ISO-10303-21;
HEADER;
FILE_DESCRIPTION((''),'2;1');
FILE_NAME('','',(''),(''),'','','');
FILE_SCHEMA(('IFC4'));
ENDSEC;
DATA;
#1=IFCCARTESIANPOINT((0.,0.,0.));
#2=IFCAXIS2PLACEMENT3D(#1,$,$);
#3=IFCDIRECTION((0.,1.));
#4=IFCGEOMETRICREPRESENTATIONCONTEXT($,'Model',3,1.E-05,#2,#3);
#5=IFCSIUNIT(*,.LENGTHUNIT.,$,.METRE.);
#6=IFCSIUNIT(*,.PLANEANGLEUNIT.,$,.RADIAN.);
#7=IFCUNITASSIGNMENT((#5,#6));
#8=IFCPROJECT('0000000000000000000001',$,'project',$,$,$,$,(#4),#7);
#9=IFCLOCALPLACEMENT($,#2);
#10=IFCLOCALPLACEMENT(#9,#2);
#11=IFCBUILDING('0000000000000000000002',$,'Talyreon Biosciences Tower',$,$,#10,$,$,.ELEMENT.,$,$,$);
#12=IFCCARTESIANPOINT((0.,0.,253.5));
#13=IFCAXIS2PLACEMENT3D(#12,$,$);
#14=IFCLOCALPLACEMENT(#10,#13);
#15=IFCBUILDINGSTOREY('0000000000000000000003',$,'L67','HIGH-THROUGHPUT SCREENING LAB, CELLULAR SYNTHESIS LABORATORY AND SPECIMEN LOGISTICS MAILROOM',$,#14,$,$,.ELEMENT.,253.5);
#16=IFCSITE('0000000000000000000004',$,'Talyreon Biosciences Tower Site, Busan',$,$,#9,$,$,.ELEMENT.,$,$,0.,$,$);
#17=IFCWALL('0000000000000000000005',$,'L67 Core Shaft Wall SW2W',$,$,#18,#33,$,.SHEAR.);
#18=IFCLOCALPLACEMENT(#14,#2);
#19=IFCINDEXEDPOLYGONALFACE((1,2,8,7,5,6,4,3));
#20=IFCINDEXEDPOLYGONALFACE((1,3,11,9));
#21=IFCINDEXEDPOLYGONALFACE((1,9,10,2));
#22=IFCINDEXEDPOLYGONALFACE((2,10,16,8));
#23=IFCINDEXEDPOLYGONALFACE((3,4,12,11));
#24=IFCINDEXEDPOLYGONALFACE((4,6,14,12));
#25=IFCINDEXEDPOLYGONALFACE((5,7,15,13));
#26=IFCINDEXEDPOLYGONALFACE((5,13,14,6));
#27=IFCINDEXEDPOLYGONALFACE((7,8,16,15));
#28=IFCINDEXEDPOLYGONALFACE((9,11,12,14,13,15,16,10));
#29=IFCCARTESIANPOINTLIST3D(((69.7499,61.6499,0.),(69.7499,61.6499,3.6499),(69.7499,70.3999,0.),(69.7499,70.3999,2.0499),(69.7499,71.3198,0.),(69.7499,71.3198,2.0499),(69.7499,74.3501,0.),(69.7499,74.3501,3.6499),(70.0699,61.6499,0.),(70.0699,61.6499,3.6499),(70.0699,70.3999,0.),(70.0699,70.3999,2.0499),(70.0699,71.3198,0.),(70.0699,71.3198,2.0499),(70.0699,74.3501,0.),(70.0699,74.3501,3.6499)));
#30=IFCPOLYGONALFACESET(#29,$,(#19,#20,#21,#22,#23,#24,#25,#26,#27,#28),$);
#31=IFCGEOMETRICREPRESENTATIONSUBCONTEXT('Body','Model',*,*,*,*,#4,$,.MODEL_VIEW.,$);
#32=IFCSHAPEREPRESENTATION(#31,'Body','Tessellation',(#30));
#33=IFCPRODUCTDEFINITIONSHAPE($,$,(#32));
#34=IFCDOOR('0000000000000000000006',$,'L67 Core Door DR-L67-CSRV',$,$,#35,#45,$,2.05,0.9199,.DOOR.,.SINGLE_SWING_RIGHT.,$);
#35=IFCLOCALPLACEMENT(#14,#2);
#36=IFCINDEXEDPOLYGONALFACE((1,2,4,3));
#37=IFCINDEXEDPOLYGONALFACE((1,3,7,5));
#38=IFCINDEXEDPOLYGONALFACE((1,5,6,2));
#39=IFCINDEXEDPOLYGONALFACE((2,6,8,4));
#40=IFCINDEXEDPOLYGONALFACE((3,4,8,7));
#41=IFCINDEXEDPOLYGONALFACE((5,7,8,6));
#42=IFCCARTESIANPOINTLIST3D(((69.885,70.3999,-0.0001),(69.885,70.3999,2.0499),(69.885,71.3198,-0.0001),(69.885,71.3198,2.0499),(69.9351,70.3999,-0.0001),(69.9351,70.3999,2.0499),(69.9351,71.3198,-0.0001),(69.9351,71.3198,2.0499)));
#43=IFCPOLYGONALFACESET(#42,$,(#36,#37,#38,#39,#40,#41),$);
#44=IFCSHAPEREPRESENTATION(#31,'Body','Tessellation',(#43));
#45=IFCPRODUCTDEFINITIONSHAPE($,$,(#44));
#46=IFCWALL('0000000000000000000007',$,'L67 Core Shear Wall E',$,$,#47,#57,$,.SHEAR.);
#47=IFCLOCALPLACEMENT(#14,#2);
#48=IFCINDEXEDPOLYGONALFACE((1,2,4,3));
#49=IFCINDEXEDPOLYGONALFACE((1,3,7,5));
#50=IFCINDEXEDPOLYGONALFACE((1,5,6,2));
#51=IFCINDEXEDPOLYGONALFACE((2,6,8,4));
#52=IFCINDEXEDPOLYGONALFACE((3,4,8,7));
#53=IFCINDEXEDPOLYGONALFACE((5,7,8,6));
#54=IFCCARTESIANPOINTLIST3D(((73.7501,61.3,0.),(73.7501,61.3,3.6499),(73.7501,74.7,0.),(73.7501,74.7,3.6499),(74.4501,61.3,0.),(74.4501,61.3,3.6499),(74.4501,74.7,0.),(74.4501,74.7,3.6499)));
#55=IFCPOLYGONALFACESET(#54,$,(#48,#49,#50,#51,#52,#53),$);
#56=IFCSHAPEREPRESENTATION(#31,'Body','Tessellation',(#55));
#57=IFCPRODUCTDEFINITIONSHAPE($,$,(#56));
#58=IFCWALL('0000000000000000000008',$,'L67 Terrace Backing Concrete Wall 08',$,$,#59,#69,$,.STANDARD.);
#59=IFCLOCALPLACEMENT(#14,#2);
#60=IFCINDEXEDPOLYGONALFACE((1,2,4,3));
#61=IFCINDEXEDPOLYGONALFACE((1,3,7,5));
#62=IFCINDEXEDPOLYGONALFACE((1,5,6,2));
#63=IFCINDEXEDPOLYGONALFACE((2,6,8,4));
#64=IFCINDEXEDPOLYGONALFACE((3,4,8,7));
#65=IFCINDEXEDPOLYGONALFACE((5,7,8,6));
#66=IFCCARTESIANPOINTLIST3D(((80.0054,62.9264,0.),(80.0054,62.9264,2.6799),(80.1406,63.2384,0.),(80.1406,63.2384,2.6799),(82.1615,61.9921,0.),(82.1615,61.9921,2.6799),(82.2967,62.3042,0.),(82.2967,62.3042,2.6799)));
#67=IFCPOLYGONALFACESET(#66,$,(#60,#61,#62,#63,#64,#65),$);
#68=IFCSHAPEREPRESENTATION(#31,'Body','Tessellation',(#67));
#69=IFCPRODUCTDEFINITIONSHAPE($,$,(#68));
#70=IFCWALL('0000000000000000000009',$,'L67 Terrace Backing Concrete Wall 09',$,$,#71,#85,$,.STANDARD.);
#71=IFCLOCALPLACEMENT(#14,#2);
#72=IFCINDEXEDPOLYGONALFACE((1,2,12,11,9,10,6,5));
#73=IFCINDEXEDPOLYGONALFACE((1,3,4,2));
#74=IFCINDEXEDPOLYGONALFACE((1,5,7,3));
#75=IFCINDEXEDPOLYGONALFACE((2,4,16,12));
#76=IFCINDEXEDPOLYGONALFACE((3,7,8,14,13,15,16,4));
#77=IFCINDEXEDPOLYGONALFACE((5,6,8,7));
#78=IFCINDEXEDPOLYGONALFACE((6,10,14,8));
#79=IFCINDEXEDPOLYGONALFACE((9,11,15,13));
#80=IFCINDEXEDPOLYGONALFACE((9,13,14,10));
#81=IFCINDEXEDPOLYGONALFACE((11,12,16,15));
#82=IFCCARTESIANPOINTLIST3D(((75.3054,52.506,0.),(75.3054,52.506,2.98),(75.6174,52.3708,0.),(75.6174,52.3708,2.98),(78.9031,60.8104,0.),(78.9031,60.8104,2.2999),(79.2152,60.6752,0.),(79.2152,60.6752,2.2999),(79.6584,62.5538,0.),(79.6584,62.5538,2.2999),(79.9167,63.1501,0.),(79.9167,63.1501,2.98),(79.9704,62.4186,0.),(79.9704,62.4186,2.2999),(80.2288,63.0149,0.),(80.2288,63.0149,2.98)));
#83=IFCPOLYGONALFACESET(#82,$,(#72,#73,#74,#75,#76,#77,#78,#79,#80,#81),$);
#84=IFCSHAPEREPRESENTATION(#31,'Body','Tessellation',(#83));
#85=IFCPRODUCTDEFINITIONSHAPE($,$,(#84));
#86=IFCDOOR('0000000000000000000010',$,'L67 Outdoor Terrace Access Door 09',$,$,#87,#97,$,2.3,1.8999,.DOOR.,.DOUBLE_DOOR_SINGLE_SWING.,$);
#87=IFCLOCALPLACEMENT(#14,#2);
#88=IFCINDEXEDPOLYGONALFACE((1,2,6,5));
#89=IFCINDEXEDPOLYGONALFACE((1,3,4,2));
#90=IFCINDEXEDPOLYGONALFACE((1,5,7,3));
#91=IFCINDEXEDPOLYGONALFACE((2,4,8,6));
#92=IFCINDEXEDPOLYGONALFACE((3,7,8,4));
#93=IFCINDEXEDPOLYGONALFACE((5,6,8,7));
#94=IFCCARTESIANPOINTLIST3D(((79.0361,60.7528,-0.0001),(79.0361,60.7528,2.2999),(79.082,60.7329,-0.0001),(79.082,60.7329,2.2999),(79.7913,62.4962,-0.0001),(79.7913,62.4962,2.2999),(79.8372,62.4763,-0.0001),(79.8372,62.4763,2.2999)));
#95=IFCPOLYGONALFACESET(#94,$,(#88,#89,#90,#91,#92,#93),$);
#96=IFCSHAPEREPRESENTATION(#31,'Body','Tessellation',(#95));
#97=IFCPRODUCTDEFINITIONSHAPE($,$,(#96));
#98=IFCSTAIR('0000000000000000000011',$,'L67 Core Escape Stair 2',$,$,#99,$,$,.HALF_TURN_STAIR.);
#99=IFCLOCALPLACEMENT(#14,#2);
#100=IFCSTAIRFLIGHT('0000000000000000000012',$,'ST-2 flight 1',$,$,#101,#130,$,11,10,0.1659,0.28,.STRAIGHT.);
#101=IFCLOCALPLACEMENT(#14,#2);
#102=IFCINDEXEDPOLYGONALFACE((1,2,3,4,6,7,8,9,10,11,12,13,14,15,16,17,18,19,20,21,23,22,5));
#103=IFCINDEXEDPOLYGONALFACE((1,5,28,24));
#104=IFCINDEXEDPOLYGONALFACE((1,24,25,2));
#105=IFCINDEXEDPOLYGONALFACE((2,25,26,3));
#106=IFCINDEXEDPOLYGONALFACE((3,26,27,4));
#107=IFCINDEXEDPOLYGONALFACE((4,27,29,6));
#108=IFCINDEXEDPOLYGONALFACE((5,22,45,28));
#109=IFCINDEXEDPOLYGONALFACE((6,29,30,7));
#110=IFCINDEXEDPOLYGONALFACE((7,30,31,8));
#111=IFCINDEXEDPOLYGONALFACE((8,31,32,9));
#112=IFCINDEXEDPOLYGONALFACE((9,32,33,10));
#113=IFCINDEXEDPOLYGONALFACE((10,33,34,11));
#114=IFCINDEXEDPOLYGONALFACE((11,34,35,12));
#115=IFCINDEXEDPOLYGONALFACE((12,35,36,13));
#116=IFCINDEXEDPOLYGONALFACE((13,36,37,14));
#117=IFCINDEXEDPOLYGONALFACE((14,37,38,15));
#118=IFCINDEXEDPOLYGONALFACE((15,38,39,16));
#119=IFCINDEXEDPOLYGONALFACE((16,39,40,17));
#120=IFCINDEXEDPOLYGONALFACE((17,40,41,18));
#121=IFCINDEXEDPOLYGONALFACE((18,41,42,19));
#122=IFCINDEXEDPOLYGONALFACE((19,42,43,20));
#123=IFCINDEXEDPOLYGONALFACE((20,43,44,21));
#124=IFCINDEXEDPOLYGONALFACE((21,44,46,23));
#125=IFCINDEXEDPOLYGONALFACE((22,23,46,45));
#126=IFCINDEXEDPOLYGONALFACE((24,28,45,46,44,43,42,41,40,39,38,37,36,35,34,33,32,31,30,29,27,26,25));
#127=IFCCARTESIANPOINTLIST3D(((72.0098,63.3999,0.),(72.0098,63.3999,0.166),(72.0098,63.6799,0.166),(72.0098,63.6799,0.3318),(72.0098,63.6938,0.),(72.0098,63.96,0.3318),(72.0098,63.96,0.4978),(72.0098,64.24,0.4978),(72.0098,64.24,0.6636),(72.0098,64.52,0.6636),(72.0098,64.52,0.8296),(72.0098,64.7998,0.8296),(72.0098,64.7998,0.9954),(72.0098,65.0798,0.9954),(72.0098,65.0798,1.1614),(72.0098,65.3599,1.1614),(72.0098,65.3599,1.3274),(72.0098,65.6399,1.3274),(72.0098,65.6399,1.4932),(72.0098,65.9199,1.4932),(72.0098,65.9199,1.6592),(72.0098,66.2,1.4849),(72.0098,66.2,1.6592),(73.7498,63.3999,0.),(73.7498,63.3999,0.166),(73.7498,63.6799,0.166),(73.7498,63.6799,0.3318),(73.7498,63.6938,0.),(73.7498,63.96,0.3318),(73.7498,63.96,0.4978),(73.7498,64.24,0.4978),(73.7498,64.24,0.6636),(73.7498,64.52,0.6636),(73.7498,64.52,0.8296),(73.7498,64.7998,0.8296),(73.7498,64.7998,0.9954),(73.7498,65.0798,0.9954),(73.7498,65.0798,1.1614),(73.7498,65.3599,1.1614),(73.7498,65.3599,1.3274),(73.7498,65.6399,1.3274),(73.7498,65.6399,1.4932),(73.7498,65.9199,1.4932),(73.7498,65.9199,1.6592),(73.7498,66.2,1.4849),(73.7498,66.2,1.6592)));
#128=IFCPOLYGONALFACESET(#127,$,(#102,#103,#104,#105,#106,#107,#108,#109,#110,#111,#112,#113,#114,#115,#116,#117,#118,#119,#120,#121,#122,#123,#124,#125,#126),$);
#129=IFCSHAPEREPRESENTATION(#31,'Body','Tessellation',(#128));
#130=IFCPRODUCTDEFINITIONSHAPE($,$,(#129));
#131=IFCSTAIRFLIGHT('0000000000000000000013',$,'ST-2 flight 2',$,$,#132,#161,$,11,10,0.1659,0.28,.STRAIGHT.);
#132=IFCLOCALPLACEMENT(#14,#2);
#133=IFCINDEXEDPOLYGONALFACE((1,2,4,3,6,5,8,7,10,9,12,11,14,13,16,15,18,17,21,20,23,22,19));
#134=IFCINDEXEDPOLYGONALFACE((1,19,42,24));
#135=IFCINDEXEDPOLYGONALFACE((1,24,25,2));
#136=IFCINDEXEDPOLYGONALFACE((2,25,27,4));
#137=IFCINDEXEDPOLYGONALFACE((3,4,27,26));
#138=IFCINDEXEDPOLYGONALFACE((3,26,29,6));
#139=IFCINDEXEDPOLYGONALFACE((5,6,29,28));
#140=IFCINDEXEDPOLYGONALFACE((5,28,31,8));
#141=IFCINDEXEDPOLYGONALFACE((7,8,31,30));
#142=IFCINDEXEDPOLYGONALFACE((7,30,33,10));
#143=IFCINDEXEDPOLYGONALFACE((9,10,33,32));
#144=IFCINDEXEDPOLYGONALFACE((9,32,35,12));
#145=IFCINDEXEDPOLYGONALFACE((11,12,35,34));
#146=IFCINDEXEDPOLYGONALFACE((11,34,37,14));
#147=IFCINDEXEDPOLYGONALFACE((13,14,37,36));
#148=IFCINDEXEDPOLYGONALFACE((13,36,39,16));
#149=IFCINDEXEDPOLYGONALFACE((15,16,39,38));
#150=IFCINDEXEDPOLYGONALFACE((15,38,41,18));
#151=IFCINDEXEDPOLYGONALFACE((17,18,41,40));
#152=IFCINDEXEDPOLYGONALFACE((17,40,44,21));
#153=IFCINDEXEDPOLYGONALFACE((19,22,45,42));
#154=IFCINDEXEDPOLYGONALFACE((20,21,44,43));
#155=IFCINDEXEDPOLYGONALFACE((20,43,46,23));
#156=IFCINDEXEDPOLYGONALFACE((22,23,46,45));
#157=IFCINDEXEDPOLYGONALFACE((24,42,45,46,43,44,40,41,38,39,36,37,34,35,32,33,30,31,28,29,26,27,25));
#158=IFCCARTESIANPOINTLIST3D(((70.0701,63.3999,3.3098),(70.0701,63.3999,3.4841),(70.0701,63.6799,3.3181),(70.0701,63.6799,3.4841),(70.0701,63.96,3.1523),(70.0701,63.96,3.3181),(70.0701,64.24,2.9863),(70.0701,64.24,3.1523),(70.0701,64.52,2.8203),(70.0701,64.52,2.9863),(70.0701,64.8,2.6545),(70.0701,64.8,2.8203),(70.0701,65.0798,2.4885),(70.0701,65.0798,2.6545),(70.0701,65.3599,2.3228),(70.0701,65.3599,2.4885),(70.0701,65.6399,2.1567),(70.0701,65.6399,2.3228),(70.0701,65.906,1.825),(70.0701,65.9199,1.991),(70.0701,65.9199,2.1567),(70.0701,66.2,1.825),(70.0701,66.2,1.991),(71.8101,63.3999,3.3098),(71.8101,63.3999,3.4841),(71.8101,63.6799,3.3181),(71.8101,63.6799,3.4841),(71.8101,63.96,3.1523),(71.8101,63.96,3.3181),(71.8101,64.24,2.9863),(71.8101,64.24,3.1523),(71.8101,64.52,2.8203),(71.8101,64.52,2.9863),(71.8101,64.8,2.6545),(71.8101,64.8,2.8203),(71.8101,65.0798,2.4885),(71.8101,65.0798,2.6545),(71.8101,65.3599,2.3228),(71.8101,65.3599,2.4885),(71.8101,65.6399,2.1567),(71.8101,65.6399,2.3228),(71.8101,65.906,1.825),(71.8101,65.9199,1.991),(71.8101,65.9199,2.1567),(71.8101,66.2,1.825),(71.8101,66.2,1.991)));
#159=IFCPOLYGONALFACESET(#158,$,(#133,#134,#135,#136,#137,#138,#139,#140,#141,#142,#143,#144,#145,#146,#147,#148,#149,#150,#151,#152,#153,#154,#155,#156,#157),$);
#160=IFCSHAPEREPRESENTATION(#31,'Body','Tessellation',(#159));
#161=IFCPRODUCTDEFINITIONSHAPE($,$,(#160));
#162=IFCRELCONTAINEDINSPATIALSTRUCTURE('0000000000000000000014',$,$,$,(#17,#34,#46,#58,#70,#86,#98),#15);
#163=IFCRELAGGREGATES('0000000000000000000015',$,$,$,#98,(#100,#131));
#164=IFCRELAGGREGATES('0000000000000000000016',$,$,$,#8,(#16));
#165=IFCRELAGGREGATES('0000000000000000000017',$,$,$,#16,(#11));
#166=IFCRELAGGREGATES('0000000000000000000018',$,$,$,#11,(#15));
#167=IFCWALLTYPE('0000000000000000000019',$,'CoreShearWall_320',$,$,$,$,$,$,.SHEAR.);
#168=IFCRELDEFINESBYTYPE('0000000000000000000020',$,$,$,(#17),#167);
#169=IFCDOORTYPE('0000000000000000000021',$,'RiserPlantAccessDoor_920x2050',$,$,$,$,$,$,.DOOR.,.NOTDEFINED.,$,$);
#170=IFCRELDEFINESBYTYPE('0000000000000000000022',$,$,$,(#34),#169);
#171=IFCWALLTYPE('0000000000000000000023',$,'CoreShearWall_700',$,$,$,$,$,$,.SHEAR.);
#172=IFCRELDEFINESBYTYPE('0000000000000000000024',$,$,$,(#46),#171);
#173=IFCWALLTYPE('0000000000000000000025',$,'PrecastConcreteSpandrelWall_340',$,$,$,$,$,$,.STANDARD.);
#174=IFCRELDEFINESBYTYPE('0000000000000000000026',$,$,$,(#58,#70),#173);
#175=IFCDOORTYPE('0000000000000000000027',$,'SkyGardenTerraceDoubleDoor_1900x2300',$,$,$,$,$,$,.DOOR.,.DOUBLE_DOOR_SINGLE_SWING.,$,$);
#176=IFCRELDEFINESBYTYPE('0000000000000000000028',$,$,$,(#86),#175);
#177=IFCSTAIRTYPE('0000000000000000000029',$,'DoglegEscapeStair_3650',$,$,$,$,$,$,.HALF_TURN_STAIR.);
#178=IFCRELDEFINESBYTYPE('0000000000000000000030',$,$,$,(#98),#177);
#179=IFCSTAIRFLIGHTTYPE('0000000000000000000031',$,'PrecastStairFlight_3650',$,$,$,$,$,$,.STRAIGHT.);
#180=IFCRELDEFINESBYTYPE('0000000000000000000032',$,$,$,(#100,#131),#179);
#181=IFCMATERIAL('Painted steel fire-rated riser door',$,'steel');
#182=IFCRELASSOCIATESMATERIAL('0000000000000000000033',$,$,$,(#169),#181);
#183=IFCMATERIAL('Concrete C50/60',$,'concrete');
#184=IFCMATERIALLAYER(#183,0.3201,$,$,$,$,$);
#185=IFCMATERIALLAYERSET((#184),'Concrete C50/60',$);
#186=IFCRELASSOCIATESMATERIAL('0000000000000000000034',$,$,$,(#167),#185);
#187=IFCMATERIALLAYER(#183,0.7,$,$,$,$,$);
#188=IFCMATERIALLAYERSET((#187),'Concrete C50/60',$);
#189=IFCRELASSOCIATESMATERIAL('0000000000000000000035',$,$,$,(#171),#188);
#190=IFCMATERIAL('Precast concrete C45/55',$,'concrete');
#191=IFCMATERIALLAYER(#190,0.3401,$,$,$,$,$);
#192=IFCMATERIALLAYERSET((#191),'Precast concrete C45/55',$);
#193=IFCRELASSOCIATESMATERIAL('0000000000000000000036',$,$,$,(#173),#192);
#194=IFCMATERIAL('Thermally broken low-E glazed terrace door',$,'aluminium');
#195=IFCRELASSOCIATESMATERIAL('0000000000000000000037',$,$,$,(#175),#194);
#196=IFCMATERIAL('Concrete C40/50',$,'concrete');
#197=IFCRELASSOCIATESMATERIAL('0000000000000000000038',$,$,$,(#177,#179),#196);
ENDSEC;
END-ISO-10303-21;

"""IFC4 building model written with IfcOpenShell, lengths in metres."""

from ifc_helpers import new_model, si_unit, direction, frame, frame_2d, origin, place, context, subcontext, project, spatial, polyline, rectangle, outline, extrude, material, layer, layer_set, type_object, element, fill, aggregate, save


model = new_model("IFC4")

# Units and contexts
model_context = context("Model", 3, precision=1e-05, world=origin(), true_north=direction((0.0, 1.0)))
body_context = subcontext(model_context, "Body", "Model", "MODEL_VIEW")
ifc_project = project(units=[si_unit("LENGTHUNIT", "METRE"), si_unit("PLANEANGLEUNIT", "RADIAN")], contexts=[model_context])

# Site, building, storey
site_placement = place(None, origin())
site = spatial("IfcSite", under=ifc_project, at=site_placement, Name="Talyreon Biosciences Tower Site, Busan", CompositionType="ELEMENT", RefElevation=0.0)
building_placement = place(site_placement, origin())
building = spatial("IfcBuilding", under=site, at=building_placement, Name="Talyreon Biosciences Tower", CompositionType="ELEMENT")
storey_placement = place(building_placement, frame((0.0, 0.0, 253.5)))
storey = spatial("IfcBuildingStorey", under=building, at=storey_placement, Name="L67", Description="HIGH-THROUGHPUT SCREENING LAB, CELLULAR SYNTHESIS LABORATORY AND SPECIMEN LOGISTICS MAILROOM", CompositionType="ELEMENT", Elevation=253.5)

# Shared definitions
ifc_material_1 = material(Name="Concrete C50/60", Category="concrete")

# Wall, opening, door
ifc_material_2 = material(Name="Painted steel fire-rated riser door", Category="steel")
door_type_1 = type_object("IfcDoorType", Name="RiserPlantAccessDoor_920x2050", OperationType="NOTDEFINED", PredefinedType="DOOR", material=ifc_material_2)
ifc_layer_1 = layer(ifc_material_1, 0.3201)
ifc_layer_set_1 = layer_set([ifc_layer_1], Name="Concrete C50/60")
wall_type_1 = type_object("IfcWallType", Name="CoreShearWall_320", PredefinedType="SHEAR", material=ifc_layer_set_1)
wall_1_placement = place(storey_placement, frame((69.9099, 61.6499, 0.0), z_axis=(0.0, 0.0, 1.0), x_axis=(0.0, 1.0, 0.0)))
wall_1 = element("IfcWall", 1, at=wall_1_placement, inside=storey, type_object=wall_type_1, Name="L67 Core Shaft Wall SW2W", PredefinedType="SHEAR", context=body_context, shape_type="SweptSolid", body=[
    extrude(rectangle(XDim=12.7002, YDim=0.3201, at=frame_2d((6.3501, 0.0))), origin(), (0.0, 0.0, 1.0), 3.6499),
])
opening_1_placement = place(wall_1_placement, frame((8.75, 0.0, 0.0)))
opening_1 = element("IfcOpeningElement", 2, at=opening_1_placement, cuts=wall_1, PredefinedType="OPENING", context=body_context, shape_type="SweptSolid", body=[
    extrude(rectangle(XDim=0.9199, YDim=2.05, at=frame_2d((0.46, 1.0249))), frame((0.0, 0.1699, 0.0), z_axis=(0.0, -1.0, 0.0), x_axis=(1.0, 0.0, 0.0)), (0.0, 0.0, 1.0), 0.3401),
])
door_1_placement = place(opening_1_placement, origin())
door_1 = element("IfcDoor", 3, at=door_1_placement, inside=storey, type_object=door_type_1, Name="L67 Core Door DR-L67-CSRV", OperationType="SINGLE_SWING_RIGHT", OverallHeight=2.05, OverallWidth=0.9199, PredefinedType="DOOR", context=body_context, shape_type="SweptSolid", body=[
    extrude(rectangle(XDim=0.9199, YDim=2.05, at=frame_2d((0.46, 1.0249))), frame((0.0, 0.0249, 0.0), z_axis=(0.0, -1.0, 0.0), x_axis=(1.0, 0.0, 0.0)), (0.0, 0.0, 1.0), 0.05),
])
fill(opening_1, door_1)

# Walls
ifc_layer_2 = layer(ifc_material_1, 0.7)
ifc_layer_set_2 = layer_set([ifc_layer_2], Name="Concrete C50/60")
wall_type_2 = type_object("IfcWallType", Name="CoreShearWall_700", PredefinedType="SHEAR", material=ifc_layer_set_2)
wall_2_placement = place(storey_placement, frame((74.1001, 61.3, 0.0), z_axis=(0.0, 0.0, 1.0), x_axis=(0.0, 1.0, 0.0)))
element("IfcWall", 4, at=wall_2_placement, inside=storey, type_object=wall_type_2, Name="L67 Core Shear Wall E", PredefinedType="SHEAR", context=body_context, shape_type="SweptSolid", body=[
    extrude(rectangle(XDim=13.3999, YDim=0.7, at=frame_2d((6.7, 0.0))), origin(), (0.0, 0.0, 1.0), 3.6499),
])
ifc_material_3 = material(Name="Precast concrete C45/55", Category="concrete")
ifc_layer_3 = layer(ifc_material_3, 0.3401)
ifc_layer_set_3 = layer_set([ifc_layer_3], Name="Precast concrete C45/55")
wall_type_3 = type_object("IfcWallType", Name="PrecastConcreteSpandrelWall_340", PredefinedType="STANDARD", material=ifc_layer_set_3)
wall_3_placement = place(storey_placement, frame((82.229, 62.1482, 0.0), z_axis=(0.0, 0.0, 1.0), x_axis=(-0.917563, 0.39759, 0.0)))
element("IfcWall", 5, at=wall_3_placement, inside=storey, type_object=wall_type_3, Name="L67 Terrace Backing Concrete Wall 08", PredefinedType="STANDARD", context=body_context, shape_type="SweptSolid", body=[
    extrude(rectangle(XDim=2.3499, YDim=0.3401, at=frame_2d((1.1748, 0.0))), origin(), (0.0, 0.0, 1.0), 2.6799),
])

# Wall, opening, door
wall_4_placement = place(storey_placement, frame((80.0728, 63.0825, 0.0), z_axis=(0.0, 0.0, 1.0), x_axis=(-0.397528, -0.91759, 0.0)))
wall_4 = element("IfcWall", 6, at=wall_4_placement, inside=storey, type_object=wall_type_3, Name="L67 Terrace Backing Concrete Wall 09", PredefinedType="STANDARD", context=body_context, shape_type="SweptSolid", body=[
    extrude(rectangle(XDim=11.6001, YDim=0.3401, at=frame_2d((5.8, 0.0))), origin(), (0.0, 0.0, 1.0), 2.98),
])
opening_2_placement = place(wall_4_placement, frame((0.6499, 0.0, 0.0)))
opening_2 = element("IfcOpeningElement", 7, at=opening_2_placement, cuts=wall_4, PredefinedType="OPENING", context=body_context, shape_type="SweptSolid", body=[
    extrude(rectangle(XDim=1.8999, YDim=2.3, at=frame_2d((0.95, 1.1499))), frame((0.0, 0.1799, 0.0), z_axis=(0.0, -1.0, 0.0), x_axis=(1.0, 0.0, 0.0)), (0.0, 0.0, 1.0), 0.3601),
])
ifc_material_4 = material(Name="Thermally broken low-E glazed terrace door", Category="aluminium")
door_type_2 = type_object("IfcDoorType", Name="SkyGardenTerraceDoubleDoor_1900x2300", OperationType="DOUBLE_DOOR_SINGLE_SWING", PredefinedType="DOOR", material=ifc_material_4)
door_2_placement = place(opening_2_placement, origin())
door_2 = element("IfcDoor", 8, at=door_2_placement, inside=storey, type_object=door_type_2, Name="L67 Outdoor Terrace Access Door 09", OperationType="DOUBLE_DOOR_SINGLE_SWING", OverallHeight=2.3, OverallWidth=1.8999, PredefinedType="DOOR", context=body_context, shape_type="SweptSolid", body=[
    extrude(rectangle(XDim=1.8999, YDim=2.3, at=frame_2d((0.95, 1.1499))), frame((0.0, 0.0249, 0.0), z_axis=(0.0, -1.0, 0.0), x_axis=(1.0, 0.0, 0.0)), (0.0, 0.0, 1.0), 0.05),
])
fill(opening_2, door_2)

# Stair, stair flights
ifc_material_5 = material(Name="Concrete C40/50", Category="concrete")
stair_type = type_object("IfcStairType", Name="DoglegEscapeStair_3650", PredefinedType="HALF_TURN_STAIR", material=ifc_material_5)
stair_placement = place(storey_placement, origin())
stair = element("IfcStair", 9, at=stair_placement, inside=storey, type_object=stair_type, Name="L67 Core Escape Stair 2", PredefinedType="HALF_TURN_STAIR")
stair_flight_type = type_object("IfcStairFlightType", Name="PrecastStairFlight_3650", PredefinedType="STRAIGHT", material=ifc_material_5)
stair_flight_1_placement = place(storey_placement, frame((72.8799, 63.3999, 0.0), z_axis=(0.0, 0.0, 1.0), x_axis=(0.0, 1.0, 0.0)))
stair_flight_1 = element("IfcStairFlight", 10, at=stair_flight_1_placement, type_object=stair_flight_type, Name="ST-2 flight 1", NumberOfRisers=11, NumberOfTreads=10, PredefinedType="STRAIGHT", RiserHeight=0.1659, TreadLength=0.28, context=body_context, shape_type="SweptSolid", body=[
    extrude(outline(polyline([(0.0, 0.0), (0.0, 0.166), (0.28, 0.166), (0.28, 0.3318), (0.5601, 0.3318), (0.5601, 0.4978), (0.8401, 0.4978), (0.8401, 0.6636), (1.1201, 0.6636), (1.1201, 0.8296), (1.3999, 0.8296), (1.3999, 0.9954), (1.6799, 0.9954), (1.6799, 1.1614), (1.96, 1.1614), (1.96, 1.3274), (2.24, 1.3274), (2.24, 1.4932), (2.52, 1.4932), (2.52, 1.6592), (2.8, 1.6592), (2.8, 1.825), (2.8, 1.4849), (0.2939, 0.0), (0.0, 0.0)])), frame((0.0, 0.8701, 0.0), z_axis=(0.0, -1.0, 0.0), x_axis=(1.0, 0.0, 0.0)), (0.0, 0.0, 1.0), 1.74),
])
stair_flight_2_placement = place(storey_placement, frame((70.9399, 66.2, 1.825), z_axis=(0.0, 0.0, 1.0), x_axis=(0.0, -1.0, 0.0)))
stair_flight_2 = element("IfcStairFlight", 11, at=stair_flight_2_placement, type_object=stair_flight_type, Name="ST-2 flight 2", NumberOfRisers=11, NumberOfTreads=10, PredefinedType="STRAIGHT", RiserHeight=0.1659, TreadLength=0.28, context=body_context, shape_type="SweptSolid", body=[
    extrude(outline(polyline([(0.0, 0.0), (0.0, 0.166), (0.28, 0.166), (0.28, 0.3318), (0.5601, 0.3318), (0.5601, 0.4978), (0.8401, 0.4978), (0.8401, 0.6636), (1.1201, 0.6636), (1.1201, 0.8296), (1.3999, 0.8296), (1.3999, 0.9954), (1.6799, 0.9954), (1.6799, 1.1614), (1.96, 1.1614), (1.96, 1.3274), (2.24, 1.3274), (2.24, 1.4932), (2.52, 1.4932), (2.52, 1.6592), (2.8, 1.6592), (2.8, 1.825), (2.8, 1.4849), (0.2939, 0.0), (0.0, 0.0)])), frame((0.0, 0.8701, 0.0), z_axis=(0.0, -1.0, 0.0), x_axis=(1.0, 0.0, 0.0)), (0.0, 0.0, 1.0), 1.74),
])
aggregate(stair, [stair_flight_1, stair_flight_2])

save(model, "model.ifc")
